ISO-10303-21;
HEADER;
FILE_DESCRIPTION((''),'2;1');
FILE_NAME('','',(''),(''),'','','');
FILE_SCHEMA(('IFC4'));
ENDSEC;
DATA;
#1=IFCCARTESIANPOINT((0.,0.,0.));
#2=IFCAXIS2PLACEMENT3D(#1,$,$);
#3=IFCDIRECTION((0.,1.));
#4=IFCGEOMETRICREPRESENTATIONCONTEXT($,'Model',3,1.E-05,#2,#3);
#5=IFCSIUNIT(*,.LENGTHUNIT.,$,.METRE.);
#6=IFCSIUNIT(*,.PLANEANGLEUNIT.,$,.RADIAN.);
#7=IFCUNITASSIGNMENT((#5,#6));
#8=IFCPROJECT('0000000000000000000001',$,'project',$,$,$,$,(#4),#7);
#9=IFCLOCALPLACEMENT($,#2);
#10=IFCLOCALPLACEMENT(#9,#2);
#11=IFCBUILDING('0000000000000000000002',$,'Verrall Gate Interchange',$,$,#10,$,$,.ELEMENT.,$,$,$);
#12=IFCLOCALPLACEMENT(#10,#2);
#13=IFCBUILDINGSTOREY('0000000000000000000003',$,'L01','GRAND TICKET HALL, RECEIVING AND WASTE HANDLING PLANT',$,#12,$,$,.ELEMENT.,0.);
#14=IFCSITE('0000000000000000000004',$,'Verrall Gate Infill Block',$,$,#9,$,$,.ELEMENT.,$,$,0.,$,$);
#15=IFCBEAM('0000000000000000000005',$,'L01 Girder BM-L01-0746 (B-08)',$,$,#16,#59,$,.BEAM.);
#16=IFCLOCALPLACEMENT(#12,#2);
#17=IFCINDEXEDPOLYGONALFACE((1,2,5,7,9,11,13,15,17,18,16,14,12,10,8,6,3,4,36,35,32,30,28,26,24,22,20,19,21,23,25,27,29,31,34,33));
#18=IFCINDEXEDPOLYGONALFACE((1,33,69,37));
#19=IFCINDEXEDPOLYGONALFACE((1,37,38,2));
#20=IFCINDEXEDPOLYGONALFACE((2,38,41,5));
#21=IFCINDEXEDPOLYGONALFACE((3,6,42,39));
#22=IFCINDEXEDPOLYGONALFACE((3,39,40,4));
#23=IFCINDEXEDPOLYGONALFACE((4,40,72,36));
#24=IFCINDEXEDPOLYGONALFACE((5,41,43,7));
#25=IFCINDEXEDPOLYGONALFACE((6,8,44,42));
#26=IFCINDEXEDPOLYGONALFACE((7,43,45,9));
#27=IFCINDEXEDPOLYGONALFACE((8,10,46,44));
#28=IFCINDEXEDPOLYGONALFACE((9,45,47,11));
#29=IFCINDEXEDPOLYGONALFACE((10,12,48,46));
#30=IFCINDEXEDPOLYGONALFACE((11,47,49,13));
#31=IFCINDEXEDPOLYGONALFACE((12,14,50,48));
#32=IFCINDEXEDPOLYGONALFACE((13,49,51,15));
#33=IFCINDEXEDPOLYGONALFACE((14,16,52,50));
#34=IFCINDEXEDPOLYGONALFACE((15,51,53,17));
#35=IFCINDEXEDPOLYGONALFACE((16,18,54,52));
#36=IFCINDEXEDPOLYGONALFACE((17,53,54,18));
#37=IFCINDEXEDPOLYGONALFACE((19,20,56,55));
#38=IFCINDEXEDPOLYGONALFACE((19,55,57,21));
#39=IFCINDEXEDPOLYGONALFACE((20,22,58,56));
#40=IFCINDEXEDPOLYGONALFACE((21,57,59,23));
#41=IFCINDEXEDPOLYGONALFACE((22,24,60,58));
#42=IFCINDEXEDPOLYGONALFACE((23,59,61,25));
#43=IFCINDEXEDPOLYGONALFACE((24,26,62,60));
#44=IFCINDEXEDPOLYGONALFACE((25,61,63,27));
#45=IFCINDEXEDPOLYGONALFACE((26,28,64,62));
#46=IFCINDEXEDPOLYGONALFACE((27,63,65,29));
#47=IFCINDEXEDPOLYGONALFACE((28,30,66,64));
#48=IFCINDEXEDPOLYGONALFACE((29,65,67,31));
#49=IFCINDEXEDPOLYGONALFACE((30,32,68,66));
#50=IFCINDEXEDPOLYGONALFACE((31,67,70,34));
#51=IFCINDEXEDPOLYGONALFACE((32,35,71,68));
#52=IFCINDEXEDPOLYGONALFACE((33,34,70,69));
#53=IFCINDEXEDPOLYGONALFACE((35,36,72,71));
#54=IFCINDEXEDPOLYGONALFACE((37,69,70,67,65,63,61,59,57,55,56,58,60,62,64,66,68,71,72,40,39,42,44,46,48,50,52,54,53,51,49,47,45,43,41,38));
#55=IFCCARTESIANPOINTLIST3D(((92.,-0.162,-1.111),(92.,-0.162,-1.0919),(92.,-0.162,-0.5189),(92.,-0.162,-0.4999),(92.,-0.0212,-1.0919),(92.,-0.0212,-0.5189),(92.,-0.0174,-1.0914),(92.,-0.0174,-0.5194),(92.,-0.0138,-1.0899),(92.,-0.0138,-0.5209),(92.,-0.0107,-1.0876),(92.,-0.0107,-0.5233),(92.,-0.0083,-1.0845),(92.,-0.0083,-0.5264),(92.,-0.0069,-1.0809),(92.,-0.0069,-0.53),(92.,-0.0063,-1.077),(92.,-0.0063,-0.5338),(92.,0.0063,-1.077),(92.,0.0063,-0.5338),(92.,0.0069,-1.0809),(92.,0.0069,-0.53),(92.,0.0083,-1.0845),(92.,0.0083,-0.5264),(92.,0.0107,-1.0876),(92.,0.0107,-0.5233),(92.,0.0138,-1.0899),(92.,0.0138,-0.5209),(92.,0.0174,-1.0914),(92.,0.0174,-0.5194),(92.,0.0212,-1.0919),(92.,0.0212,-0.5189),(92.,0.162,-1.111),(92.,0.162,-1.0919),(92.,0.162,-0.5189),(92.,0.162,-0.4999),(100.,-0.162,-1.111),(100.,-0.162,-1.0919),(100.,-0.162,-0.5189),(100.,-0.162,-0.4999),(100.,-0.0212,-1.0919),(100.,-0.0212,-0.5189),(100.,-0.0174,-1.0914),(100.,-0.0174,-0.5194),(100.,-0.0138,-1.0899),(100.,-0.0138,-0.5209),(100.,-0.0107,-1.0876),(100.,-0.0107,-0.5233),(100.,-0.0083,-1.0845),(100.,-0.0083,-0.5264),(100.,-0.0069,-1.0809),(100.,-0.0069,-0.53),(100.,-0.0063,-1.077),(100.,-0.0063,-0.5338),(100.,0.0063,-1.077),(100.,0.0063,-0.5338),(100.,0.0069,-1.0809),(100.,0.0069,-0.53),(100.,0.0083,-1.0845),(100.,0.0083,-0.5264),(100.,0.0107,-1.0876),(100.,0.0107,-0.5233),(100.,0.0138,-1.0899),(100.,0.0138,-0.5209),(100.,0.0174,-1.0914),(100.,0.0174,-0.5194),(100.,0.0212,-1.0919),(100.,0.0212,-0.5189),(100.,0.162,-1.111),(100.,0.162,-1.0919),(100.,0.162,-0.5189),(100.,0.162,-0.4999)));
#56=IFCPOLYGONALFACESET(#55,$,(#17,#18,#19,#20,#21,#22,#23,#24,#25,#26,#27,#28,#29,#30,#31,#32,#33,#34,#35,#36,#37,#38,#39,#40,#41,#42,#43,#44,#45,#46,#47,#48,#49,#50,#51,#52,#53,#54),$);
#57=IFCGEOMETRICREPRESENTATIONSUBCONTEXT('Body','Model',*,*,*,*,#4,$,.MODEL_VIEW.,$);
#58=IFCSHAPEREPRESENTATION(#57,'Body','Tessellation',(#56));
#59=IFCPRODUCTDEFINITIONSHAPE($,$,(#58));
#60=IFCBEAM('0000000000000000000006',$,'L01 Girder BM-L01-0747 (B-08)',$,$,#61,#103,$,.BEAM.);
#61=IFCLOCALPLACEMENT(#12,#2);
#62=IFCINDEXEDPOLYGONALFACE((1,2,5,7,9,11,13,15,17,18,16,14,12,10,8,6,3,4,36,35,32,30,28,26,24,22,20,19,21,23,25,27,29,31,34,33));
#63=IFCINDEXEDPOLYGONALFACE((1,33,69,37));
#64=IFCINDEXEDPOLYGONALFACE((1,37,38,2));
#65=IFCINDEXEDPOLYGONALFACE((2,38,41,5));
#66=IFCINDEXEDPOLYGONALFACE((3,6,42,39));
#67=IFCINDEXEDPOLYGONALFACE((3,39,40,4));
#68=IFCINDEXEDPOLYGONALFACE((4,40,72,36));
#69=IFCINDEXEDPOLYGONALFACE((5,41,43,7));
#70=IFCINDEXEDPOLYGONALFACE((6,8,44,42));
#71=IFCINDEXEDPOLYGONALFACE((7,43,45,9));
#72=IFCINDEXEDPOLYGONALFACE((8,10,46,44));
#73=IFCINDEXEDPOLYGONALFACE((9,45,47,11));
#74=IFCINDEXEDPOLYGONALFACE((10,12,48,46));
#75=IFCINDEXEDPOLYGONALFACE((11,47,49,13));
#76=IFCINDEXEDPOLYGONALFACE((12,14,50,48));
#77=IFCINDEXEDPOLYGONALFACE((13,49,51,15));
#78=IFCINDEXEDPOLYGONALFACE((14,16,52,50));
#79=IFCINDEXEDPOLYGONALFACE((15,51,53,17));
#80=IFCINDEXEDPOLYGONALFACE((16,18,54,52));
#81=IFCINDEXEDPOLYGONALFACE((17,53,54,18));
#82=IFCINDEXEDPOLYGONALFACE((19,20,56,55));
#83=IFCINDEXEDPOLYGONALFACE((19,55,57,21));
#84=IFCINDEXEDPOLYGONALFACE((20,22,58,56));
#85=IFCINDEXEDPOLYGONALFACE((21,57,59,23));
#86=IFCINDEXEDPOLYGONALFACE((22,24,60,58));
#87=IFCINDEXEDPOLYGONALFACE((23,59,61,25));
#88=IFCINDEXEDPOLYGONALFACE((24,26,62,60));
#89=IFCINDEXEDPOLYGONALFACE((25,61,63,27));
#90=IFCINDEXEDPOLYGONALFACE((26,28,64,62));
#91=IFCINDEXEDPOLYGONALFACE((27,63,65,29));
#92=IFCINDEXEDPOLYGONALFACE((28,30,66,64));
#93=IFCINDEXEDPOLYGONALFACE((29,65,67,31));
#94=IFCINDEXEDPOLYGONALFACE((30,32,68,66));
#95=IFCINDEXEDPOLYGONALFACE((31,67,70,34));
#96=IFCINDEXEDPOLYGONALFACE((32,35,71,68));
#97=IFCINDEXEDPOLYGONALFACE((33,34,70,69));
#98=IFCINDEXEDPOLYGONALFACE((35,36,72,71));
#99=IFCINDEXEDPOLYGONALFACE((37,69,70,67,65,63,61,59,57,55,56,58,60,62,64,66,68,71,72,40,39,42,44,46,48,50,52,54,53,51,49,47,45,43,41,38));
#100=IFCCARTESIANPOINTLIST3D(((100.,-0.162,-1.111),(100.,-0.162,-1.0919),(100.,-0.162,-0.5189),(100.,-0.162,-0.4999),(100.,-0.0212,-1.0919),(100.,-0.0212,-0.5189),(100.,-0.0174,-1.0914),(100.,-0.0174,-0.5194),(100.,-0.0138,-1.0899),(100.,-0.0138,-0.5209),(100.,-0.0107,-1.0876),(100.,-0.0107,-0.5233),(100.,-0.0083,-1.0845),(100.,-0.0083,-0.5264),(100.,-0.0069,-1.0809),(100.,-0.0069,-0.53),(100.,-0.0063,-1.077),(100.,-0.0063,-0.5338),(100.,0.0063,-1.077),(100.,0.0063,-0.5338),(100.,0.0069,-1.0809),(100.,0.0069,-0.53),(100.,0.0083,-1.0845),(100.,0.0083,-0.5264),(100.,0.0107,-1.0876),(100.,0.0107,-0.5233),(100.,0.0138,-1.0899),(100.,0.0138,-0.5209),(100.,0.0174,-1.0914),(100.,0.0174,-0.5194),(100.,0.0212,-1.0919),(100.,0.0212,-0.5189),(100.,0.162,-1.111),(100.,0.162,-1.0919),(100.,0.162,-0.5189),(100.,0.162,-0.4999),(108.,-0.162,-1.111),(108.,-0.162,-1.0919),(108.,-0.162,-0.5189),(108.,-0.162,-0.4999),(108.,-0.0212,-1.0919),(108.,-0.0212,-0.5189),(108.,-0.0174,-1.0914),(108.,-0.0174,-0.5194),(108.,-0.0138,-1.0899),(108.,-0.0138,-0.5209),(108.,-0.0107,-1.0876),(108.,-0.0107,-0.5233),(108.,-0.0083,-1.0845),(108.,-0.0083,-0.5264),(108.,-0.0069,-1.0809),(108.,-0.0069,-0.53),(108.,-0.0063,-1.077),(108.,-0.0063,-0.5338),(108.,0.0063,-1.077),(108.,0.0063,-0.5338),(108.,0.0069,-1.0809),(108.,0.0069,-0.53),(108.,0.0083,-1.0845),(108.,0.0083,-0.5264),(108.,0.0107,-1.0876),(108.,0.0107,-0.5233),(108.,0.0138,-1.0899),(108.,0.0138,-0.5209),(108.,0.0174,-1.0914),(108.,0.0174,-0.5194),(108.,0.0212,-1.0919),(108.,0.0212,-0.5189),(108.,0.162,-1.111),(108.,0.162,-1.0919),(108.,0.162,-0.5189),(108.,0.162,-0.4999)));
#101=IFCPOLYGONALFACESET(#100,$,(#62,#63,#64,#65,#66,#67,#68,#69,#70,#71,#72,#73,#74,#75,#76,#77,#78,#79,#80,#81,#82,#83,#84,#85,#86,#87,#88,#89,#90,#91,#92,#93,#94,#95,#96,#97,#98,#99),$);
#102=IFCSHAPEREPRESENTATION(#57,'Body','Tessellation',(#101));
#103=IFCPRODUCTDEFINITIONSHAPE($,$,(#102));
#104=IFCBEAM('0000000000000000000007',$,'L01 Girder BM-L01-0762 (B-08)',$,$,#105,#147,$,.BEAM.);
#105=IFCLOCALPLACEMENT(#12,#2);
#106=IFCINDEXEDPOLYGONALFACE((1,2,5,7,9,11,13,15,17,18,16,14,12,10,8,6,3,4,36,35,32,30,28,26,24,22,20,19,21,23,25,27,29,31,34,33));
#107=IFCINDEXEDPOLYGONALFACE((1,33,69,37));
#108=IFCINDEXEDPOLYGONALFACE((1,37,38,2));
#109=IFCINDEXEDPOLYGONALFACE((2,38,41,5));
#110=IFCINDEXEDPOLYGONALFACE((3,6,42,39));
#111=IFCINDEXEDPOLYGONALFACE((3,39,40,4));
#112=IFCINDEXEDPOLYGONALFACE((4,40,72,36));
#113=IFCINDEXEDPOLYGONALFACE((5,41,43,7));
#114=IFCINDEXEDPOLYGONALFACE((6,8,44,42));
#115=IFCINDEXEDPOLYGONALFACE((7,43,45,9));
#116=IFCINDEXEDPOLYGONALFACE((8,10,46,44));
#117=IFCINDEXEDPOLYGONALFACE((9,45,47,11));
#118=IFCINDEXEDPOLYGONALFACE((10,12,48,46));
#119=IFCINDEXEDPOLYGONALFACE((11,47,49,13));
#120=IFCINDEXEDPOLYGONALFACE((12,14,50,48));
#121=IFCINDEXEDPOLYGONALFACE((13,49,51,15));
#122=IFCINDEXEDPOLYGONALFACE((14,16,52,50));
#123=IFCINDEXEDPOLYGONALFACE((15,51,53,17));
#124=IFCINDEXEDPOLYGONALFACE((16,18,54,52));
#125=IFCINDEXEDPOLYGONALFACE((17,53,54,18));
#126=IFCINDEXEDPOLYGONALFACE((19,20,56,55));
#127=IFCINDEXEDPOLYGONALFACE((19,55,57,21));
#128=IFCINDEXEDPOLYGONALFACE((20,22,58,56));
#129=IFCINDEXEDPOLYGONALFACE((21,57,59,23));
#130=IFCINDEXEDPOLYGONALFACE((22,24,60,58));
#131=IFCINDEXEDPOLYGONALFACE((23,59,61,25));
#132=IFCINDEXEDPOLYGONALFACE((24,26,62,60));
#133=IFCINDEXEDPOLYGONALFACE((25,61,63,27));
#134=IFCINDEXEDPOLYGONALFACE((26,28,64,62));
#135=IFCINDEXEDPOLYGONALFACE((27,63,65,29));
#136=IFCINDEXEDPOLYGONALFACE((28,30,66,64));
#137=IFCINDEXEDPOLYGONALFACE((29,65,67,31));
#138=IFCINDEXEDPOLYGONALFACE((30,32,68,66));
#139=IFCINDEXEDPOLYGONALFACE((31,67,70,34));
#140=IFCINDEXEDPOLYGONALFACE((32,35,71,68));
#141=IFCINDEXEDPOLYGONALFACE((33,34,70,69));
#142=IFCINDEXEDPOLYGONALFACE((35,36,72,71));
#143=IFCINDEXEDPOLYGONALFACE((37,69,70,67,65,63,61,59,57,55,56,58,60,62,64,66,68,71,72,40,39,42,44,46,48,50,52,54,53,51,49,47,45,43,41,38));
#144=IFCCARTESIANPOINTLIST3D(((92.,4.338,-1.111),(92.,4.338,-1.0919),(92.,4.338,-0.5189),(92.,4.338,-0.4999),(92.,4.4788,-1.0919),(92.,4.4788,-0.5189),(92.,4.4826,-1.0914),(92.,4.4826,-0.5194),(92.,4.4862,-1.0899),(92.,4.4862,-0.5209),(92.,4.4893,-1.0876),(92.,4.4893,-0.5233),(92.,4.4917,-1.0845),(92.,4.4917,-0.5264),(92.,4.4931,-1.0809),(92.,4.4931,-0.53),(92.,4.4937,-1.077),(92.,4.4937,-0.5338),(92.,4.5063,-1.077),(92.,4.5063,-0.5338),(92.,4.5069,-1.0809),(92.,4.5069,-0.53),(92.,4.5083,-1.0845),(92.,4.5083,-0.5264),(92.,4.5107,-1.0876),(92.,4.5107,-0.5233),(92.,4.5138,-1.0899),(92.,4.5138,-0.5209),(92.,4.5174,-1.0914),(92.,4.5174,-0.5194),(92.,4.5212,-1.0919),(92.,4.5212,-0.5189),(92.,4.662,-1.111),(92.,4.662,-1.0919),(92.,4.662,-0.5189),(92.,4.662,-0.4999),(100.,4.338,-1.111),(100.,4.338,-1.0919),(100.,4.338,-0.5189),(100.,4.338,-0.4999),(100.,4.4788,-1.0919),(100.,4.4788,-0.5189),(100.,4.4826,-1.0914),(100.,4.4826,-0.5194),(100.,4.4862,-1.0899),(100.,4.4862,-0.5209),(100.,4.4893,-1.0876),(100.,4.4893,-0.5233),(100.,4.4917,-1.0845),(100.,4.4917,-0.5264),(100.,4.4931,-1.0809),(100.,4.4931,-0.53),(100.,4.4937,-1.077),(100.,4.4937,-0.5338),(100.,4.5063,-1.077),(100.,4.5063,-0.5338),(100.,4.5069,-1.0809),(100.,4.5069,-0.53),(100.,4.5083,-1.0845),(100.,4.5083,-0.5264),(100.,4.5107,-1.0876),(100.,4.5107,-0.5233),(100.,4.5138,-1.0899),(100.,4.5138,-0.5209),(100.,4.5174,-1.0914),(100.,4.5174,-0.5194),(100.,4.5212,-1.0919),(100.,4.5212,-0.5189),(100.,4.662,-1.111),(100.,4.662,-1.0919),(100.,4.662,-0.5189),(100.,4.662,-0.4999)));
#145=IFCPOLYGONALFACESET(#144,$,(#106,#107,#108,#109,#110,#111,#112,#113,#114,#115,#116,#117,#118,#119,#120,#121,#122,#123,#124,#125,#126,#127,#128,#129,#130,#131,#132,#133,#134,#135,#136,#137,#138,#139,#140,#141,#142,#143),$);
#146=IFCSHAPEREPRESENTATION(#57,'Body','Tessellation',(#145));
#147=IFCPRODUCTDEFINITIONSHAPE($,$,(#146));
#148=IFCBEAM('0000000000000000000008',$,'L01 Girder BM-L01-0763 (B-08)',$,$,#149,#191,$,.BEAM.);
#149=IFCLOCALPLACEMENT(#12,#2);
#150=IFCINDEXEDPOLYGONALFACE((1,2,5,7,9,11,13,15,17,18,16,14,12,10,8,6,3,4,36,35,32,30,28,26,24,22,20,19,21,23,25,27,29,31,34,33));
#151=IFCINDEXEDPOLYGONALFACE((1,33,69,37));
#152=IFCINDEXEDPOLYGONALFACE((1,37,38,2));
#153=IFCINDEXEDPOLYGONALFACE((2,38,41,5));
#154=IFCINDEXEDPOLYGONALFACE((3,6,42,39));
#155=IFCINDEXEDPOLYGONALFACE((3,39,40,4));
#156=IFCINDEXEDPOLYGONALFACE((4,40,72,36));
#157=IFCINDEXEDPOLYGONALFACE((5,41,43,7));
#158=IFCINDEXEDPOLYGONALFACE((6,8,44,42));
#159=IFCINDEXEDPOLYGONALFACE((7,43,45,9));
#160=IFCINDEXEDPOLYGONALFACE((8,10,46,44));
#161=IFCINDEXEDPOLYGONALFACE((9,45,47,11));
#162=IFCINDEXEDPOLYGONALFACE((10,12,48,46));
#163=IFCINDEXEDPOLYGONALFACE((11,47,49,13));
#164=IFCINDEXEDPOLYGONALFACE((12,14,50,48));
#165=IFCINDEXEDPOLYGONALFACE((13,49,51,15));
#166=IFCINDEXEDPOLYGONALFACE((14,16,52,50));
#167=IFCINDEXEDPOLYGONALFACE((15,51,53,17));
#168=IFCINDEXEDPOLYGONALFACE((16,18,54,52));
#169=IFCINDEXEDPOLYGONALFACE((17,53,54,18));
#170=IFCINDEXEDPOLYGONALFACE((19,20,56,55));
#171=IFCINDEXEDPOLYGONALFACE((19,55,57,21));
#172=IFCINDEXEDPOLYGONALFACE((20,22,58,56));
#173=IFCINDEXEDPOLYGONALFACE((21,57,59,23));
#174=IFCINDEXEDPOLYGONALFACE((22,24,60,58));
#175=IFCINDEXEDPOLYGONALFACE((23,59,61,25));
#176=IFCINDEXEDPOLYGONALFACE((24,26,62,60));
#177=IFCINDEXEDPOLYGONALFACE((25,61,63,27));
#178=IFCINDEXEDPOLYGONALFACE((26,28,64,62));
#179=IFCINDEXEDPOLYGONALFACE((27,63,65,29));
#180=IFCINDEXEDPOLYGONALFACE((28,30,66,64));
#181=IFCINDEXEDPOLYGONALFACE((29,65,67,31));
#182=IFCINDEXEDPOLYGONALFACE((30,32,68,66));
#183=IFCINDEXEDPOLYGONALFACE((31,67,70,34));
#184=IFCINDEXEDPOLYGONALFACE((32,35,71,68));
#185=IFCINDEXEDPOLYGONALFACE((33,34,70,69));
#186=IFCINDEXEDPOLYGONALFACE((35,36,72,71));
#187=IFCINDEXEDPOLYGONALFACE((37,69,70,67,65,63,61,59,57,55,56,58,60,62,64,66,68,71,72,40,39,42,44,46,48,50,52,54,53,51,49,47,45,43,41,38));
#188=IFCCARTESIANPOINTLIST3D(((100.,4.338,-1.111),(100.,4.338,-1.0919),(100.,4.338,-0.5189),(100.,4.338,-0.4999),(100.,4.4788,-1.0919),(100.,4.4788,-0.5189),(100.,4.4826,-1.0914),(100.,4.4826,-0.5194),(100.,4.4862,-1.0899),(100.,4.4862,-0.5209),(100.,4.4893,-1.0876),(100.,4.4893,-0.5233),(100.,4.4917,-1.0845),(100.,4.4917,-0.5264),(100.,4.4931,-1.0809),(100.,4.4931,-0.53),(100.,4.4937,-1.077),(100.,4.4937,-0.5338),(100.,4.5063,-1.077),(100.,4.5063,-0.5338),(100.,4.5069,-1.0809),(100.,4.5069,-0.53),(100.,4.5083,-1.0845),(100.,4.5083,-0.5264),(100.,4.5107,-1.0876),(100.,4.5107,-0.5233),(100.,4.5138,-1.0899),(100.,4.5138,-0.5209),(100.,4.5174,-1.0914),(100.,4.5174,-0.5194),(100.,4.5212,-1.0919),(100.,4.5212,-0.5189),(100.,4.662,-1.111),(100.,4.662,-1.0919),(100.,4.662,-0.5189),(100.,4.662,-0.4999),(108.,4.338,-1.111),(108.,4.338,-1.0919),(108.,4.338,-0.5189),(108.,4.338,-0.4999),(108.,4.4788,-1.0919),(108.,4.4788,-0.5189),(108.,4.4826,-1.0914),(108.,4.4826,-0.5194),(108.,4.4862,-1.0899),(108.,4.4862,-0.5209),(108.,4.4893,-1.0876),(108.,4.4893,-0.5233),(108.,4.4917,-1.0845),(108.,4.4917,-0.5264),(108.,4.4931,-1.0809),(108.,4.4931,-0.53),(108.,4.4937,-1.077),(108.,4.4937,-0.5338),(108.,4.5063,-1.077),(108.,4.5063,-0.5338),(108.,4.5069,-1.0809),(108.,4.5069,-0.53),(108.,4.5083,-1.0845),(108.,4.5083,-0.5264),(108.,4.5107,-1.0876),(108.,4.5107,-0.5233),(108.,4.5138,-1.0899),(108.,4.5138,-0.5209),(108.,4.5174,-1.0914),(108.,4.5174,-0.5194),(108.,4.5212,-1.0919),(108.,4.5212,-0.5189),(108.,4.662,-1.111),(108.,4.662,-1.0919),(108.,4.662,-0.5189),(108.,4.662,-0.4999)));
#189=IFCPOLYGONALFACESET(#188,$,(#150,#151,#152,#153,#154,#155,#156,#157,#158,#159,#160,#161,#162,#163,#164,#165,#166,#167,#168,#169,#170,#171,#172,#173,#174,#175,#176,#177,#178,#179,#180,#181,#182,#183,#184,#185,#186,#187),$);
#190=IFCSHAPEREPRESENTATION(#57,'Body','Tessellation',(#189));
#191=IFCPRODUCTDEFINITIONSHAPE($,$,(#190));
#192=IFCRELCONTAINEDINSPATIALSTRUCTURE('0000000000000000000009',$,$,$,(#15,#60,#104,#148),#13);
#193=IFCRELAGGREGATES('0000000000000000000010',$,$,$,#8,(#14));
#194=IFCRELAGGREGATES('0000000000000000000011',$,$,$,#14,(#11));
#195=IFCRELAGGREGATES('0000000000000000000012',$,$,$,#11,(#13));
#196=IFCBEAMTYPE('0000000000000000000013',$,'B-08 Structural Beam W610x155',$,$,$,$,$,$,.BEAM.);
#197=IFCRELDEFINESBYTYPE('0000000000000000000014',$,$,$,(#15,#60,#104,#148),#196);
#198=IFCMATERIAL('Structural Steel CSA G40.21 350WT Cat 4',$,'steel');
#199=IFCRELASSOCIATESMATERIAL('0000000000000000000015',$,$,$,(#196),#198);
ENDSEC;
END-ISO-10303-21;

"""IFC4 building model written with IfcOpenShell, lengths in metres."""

from ifc_helpers import new_model, si_unit, direction, frame, origin, origin_2d, place, context, subcontext, project, spatial, i_section, extrude, material, material_profile, profile_set, type_object, element, save


model = new_model("IFC4")

# Units and contexts
model_context = context("Model", 3, precision=1e-05, world=origin(), true_north=direction((0.0, 1.0)))
body_context = subcontext(model_context, "Body", "Model", "MODEL_VIEW")
ifc_project = project(units=[si_unit("LENGTHUNIT", "METRE"), si_unit("PLANEANGLEUNIT", "RADIAN")], contexts=[model_context])

# Site, building, storey
site_placement = place(None, origin())
site = spatial("IfcSite", under=ifc_project, at=site_placement, Name="Verrall Gate Infill Block", CompositionType="ELEMENT", RefElevation=0.0)
building_placement = place(site_placement, origin())
building = spatial("IfcBuilding", under=site, at=building_placement, Name="Verrall Gate Interchange", CompositionType="ELEMENT")
storey_placement = place(building_placement, origin())
storey = spatial("IfcBuildingStorey", under=building, at=storey_placement, Name="L01", Description="GRAND TICKET HALL, RECEIVING AND WASTE HANDLING PLANT", CompositionType="ELEMENT", Elevation=0.0)

# Beams
ifc_material_1 = material(Name="Structural Steel CSA G40.21 350WT Cat 4", Category="steel")
ifc_material_profile_1 = material_profile(ifc_material_1, i_section(OverallWidth=0.324, OverallDepth=0.6111, WebThickness=0.0127, FlangeThickness=0.019, FilletRadius=0.0149, at=origin_2d()), Name="W610x155")
ifc_profile_set_1 = profile_set([ifc_material_profile_1], Name="Structural Steel CSA G40.21 350WT Cat 4")
beam_type_1 = type_object("IfcBeamType", Name="B-08 Structural Beam W610x155", PredefinedType="BEAM", material=ifc_profile_set_1)
for number, where, z_axis, x_axis, name in (
    (1, (92.0, 0.0, -0.8054), (1.0, 0.0, 0.0), (0.0, 1.0, 0.0), "L01 Girder BM-L01-0746 (B-08)"),
    (2, (100.0, 0.0, -0.8054), (1.0, 0.0, 0.0), (0.0, 1.0, 0.0), "L01 Girder BM-L01-0747 (B-08)"),
    (3, (92.0, 4.5, -0.8054), (1.0, 0.0, 0.0), (0.0, 1.0, 0.0), "L01 Girder BM-L01-0762 (B-08)"),
    (4, (100.0, 4.5, -0.8054), (1.0, 0.0, 0.0), (0.0, 1.0, 0.0), "L01 Girder BM-L01-0763 (B-08)"),
):
    element("IfcBeam", number, at=place(storey_placement, frame(where, z_axis=z_axis, x_axis=x_axis)), inside=storey, type_object=beam_type_1, Name=name, PredefinedType="BEAM", context=body_context, shape_type="SweptSolid", body=[
        extrude(i_section(OverallWidth=0.324, OverallDepth=0.6111, WebThickness=0.0127, FlangeThickness=0.019, FilletRadius=0.0149, at=origin_2d()), origin(), (0.0, 0.0, 1.0), 8.0),
    ])

save(model, "model.ifc")
